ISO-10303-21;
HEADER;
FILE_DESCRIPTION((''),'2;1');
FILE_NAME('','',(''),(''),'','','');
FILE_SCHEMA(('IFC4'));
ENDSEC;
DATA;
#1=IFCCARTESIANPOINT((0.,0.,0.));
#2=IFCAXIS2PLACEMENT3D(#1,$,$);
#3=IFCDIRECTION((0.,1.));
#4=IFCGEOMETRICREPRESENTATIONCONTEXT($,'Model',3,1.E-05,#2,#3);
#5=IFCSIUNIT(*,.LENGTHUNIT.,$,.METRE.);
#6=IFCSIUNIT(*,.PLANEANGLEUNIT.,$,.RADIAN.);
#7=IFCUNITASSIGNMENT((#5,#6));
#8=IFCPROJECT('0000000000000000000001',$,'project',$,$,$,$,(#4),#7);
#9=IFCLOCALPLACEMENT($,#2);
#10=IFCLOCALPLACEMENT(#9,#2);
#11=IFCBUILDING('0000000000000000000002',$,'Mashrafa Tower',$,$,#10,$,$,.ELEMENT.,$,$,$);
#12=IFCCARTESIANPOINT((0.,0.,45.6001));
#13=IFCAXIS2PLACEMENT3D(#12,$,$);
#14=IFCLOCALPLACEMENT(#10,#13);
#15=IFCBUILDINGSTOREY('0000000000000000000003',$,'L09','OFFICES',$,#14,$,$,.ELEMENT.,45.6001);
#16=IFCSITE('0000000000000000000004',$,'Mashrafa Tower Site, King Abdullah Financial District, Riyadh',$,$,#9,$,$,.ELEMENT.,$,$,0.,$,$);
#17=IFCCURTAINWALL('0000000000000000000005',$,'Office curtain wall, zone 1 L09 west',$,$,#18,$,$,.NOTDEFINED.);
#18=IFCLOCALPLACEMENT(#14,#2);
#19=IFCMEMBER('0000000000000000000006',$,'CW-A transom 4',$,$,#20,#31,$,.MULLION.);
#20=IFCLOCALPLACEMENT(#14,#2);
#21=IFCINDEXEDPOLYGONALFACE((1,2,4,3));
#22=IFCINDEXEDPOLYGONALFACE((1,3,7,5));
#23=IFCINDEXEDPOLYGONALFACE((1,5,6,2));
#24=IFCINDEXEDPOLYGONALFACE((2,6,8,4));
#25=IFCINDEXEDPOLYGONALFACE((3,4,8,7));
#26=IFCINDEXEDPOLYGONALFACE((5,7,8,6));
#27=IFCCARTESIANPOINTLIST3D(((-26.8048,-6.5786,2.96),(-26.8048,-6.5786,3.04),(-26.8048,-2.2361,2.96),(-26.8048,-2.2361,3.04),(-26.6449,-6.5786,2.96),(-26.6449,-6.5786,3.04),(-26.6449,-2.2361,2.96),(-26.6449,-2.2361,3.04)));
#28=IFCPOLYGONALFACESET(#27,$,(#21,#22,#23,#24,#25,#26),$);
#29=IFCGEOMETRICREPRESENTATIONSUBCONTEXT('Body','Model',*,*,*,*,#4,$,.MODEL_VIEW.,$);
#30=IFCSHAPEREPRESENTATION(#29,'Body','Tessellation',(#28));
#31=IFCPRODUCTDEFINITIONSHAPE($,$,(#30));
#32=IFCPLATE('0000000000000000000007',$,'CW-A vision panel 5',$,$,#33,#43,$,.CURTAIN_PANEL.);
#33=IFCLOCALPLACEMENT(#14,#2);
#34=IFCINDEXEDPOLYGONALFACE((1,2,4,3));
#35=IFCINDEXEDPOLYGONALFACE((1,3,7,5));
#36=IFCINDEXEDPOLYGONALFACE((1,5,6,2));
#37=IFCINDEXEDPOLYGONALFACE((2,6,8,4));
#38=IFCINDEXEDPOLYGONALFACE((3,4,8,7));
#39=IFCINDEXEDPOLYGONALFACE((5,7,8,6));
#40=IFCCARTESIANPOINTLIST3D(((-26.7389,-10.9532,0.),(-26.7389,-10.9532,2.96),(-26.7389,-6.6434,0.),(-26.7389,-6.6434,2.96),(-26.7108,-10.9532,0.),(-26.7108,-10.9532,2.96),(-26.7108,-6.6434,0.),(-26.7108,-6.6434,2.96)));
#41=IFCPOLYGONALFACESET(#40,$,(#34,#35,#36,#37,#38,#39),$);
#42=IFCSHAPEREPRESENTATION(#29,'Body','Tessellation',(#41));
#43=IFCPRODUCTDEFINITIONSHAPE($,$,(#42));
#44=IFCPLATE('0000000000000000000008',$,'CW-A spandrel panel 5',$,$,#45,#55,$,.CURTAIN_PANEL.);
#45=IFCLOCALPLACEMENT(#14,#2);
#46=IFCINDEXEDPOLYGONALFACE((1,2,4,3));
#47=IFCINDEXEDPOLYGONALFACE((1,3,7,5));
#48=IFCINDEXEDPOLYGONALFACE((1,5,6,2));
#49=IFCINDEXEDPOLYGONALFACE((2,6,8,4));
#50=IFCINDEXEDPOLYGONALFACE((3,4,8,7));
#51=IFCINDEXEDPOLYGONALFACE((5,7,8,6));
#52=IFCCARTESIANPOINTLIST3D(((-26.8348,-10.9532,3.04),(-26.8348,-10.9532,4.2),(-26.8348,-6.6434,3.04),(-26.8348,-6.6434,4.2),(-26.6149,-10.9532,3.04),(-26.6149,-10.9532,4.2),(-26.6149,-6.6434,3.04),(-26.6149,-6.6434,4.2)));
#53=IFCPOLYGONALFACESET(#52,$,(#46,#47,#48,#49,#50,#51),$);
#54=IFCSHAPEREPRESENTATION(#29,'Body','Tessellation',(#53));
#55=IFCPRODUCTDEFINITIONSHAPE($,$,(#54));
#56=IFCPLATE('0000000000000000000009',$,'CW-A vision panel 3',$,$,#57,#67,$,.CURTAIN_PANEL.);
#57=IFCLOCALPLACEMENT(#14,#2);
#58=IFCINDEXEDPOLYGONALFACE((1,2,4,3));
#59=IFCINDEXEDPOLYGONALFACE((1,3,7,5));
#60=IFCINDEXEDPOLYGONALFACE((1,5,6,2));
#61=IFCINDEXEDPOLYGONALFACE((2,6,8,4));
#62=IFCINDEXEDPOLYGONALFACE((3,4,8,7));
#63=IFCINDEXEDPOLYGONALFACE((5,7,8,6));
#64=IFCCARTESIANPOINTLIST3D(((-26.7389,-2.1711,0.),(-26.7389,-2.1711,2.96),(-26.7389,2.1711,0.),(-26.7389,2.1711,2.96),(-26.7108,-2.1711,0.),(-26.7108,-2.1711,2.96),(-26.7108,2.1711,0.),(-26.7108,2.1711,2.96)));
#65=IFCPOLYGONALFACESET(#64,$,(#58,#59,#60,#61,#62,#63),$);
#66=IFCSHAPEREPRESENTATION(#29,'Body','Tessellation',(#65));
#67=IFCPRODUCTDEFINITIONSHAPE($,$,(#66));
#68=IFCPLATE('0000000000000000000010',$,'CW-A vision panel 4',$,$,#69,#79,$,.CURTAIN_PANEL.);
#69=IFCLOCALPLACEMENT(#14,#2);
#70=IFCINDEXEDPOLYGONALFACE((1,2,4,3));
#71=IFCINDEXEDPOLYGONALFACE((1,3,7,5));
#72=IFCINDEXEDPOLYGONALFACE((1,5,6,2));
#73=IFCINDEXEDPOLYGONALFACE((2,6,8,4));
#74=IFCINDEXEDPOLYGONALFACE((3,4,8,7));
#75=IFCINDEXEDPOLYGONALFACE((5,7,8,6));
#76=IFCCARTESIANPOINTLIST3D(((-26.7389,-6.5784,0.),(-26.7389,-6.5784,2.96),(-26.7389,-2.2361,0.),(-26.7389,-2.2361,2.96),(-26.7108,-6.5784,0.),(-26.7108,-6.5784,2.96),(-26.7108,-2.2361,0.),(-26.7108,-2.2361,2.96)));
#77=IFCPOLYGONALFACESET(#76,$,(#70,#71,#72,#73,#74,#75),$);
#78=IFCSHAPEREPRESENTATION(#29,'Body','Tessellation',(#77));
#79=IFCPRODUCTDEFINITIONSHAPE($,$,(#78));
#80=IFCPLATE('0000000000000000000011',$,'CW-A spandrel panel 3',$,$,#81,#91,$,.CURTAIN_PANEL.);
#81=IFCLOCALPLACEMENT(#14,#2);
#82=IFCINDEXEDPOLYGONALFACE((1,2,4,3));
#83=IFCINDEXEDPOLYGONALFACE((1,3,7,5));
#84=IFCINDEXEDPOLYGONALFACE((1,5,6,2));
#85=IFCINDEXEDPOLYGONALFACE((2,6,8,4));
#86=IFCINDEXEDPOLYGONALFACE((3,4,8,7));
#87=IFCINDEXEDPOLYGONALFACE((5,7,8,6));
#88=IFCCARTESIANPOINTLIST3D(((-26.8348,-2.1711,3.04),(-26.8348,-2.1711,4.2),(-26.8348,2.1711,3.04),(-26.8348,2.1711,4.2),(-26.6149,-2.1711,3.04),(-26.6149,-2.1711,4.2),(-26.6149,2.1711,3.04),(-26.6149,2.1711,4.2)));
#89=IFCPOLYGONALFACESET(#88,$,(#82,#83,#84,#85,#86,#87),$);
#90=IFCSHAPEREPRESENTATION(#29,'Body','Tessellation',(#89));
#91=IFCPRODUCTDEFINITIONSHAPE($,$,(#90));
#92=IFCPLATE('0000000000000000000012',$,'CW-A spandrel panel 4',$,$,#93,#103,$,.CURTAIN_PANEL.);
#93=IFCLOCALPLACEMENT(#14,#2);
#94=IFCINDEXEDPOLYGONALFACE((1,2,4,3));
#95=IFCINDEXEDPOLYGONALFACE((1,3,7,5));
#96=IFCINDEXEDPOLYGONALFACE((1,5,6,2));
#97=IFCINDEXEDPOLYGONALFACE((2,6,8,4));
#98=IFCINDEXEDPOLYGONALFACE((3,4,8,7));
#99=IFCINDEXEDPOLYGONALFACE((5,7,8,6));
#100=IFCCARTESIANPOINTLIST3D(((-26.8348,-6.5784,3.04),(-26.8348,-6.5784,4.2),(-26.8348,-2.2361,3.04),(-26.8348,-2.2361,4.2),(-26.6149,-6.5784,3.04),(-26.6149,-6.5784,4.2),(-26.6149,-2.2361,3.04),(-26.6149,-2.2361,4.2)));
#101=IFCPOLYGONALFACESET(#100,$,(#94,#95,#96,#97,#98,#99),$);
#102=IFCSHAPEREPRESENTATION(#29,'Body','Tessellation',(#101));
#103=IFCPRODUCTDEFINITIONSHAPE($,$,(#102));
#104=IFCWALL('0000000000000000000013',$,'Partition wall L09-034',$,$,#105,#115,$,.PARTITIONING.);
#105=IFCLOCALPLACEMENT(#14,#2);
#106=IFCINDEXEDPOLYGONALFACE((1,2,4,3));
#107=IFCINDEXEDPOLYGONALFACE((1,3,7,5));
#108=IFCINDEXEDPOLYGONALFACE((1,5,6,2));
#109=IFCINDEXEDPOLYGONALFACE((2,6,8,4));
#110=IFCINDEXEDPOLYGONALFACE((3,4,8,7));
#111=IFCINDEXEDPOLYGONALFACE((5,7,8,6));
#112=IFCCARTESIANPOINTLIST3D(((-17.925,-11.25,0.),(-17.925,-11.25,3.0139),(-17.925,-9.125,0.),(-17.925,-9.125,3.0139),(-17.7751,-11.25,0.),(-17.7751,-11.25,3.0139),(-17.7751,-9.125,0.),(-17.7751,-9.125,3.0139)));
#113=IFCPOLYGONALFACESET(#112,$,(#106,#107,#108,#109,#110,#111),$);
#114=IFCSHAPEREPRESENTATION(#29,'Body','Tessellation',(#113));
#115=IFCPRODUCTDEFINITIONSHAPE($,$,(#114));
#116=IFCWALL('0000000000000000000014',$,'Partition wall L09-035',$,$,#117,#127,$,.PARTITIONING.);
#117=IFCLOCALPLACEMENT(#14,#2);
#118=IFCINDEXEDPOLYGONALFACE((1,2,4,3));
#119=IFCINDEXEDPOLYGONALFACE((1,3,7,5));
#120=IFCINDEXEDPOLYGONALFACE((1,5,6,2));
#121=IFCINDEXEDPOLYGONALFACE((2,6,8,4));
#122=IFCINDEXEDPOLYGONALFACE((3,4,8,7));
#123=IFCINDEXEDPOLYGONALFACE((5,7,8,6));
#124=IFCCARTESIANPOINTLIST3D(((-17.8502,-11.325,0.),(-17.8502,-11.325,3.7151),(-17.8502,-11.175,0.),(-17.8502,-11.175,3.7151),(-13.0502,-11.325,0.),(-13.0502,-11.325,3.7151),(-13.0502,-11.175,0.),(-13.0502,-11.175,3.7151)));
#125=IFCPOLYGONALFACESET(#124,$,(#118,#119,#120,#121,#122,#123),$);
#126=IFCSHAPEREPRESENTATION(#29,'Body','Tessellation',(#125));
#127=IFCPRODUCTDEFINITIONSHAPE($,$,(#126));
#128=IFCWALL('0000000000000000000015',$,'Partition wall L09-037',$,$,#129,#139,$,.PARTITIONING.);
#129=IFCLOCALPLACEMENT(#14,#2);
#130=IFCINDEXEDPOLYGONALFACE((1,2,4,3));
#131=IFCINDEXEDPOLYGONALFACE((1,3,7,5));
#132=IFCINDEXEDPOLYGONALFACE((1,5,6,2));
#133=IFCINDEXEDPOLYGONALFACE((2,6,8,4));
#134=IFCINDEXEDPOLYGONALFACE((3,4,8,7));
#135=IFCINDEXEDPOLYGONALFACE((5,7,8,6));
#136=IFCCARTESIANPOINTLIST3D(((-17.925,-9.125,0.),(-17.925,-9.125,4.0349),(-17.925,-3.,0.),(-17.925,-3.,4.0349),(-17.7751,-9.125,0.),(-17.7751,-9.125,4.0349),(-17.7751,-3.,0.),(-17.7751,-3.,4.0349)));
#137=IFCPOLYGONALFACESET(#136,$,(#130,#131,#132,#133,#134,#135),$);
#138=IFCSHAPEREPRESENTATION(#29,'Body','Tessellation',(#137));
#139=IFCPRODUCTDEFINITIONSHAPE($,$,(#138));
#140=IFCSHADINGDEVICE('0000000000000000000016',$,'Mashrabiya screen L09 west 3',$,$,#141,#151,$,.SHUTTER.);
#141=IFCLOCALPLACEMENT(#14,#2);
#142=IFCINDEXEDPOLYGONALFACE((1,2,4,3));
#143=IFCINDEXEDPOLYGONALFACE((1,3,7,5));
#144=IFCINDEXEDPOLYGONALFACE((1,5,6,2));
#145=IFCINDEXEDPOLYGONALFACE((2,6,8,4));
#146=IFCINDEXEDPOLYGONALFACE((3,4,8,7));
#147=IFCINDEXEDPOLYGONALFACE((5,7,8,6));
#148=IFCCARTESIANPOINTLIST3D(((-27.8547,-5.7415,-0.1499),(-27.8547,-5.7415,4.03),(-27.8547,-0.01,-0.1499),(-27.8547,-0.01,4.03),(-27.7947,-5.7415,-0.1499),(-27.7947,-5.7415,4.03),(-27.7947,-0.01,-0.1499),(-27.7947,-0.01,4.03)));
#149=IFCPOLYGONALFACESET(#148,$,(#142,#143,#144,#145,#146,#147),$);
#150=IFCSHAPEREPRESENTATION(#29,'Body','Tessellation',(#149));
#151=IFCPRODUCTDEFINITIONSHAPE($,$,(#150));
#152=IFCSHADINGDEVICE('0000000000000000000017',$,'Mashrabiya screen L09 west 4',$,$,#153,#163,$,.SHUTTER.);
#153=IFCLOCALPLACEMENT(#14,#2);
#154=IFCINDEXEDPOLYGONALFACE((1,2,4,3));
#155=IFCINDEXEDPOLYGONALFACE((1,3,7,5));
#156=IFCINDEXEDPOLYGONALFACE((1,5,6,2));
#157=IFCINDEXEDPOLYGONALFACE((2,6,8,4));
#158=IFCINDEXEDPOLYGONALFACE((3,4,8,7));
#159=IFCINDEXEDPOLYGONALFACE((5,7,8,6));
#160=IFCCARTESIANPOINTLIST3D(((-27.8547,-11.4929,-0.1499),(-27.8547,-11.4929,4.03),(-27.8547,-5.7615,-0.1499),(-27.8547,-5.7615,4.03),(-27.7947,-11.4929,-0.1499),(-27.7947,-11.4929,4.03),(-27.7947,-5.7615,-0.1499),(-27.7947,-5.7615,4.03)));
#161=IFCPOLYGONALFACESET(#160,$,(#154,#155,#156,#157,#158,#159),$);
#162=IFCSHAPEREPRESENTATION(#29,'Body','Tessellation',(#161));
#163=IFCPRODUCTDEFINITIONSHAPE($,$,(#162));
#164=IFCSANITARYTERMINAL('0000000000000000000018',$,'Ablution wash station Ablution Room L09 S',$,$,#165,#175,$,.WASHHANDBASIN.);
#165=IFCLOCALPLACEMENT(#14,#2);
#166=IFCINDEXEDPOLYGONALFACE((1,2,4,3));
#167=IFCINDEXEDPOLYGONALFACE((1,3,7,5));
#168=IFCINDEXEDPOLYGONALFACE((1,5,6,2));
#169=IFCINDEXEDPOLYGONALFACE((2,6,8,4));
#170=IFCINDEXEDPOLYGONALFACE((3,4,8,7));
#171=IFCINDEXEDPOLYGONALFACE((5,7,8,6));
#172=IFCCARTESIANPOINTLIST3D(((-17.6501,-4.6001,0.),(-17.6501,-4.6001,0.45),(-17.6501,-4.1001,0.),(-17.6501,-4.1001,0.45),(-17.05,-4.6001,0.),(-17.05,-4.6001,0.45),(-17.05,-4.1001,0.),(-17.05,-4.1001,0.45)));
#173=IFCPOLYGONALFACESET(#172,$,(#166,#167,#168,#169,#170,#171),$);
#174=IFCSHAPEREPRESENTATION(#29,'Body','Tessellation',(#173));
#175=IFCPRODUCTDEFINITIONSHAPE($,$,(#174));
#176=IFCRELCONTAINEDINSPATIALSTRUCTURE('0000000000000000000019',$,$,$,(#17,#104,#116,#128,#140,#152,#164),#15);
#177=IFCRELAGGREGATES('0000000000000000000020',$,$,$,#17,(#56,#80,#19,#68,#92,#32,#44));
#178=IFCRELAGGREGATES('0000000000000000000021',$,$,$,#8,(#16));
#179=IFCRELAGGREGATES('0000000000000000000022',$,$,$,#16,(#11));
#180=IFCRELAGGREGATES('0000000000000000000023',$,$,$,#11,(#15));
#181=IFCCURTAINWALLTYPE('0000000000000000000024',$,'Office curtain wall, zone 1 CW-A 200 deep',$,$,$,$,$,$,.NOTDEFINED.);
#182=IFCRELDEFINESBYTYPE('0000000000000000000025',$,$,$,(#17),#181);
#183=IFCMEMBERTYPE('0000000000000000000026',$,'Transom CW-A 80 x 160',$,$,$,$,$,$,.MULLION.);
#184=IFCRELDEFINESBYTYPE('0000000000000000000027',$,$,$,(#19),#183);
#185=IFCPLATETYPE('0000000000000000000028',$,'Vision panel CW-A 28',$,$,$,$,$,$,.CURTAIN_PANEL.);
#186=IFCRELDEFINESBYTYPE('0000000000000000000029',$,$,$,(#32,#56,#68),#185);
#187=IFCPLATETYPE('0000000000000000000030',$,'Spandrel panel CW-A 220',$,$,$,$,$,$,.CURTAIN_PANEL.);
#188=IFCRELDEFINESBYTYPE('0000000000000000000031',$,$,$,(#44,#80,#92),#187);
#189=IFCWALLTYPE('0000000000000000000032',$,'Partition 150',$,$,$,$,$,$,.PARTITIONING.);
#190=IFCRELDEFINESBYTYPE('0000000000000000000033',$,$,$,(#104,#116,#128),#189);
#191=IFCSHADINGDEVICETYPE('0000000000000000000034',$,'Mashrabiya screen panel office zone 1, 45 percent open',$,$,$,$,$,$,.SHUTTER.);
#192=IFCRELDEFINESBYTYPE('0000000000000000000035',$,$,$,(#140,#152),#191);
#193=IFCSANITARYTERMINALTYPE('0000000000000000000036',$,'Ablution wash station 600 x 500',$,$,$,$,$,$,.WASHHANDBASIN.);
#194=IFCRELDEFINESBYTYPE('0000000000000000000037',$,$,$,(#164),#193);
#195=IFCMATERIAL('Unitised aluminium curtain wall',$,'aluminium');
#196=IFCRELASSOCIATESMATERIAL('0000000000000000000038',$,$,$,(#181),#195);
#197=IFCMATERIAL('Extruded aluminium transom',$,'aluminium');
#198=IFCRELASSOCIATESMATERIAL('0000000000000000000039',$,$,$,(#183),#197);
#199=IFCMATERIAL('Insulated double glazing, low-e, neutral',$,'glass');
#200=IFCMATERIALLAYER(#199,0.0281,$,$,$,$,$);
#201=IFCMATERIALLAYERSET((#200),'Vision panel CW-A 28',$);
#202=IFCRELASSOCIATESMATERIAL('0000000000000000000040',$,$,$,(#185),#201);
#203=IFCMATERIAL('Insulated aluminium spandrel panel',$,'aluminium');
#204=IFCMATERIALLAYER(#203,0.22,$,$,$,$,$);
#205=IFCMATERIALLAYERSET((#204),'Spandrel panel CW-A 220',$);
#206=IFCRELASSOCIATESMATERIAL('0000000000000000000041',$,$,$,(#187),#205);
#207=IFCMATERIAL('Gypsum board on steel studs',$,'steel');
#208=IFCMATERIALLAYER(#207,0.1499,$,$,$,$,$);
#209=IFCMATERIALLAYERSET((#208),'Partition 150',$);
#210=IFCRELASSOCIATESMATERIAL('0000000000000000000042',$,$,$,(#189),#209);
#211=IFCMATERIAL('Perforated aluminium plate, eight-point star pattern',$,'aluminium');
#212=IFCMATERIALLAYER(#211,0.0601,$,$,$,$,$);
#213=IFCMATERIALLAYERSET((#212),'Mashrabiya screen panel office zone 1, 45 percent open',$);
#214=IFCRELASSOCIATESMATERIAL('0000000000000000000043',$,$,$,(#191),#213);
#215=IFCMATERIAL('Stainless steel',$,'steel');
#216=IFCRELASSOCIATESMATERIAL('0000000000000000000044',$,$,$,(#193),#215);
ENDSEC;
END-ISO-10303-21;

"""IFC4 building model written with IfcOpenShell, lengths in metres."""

from ifc_helpers import new_model, si_unit, direction, frame, frame_2d, origin, origin_2d, place, context, subcontext, project, spatial, rectangle, extrude, source, transform, mapped, material, layer, layer_set, material_profile, profile_set, type_object, type_shapes, element, aggregate, save


model = new_model("IFC4")

# Units and contexts
model_context = context("Model", 3, precision=1e-05, world=origin(), true_north=direction((0.0, 1.0)))
body_context = subcontext(model_context, "Body", "Model", "MODEL_VIEW")
ifc_project = project(units=[si_unit("LENGTHUNIT", "METRE"), si_unit("PLANEANGLEUNIT", "RADIAN")], contexts=[model_context])

# Site, building, storey
site_placement = place(None, origin())
site = spatial("IfcSite", under=ifc_project, at=site_placement, Name="Mashrafa Tower Site, King Abdullah Financial District, Riyadh", CompositionType="ELEMENT", RefElevation=0.0)
building_placement = place(site_placement, origin())
building = spatial("IfcBuilding", under=site, at=building_placement, Name="Mashrafa Tower", CompositionType="ELEMENT")
storey_placement = place(building_placement, frame((0.0, 0.0, 45.6001)))
storey = spatial("IfcBuildingStorey", under=building, at=storey_placement, Name="L09", Description="OFFICES", CompositionType="ELEMENT", Elevation=45.6001)

# Curtain wall
ifc_material_1 = material(Name="Unitised aluminium curtain wall", Category="aluminium")
curtain_wall_type = type_object("IfcCurtainWallType", Name="Office curtain wall, zone 1 CW-A 200 deep", PredefinedType="NOTDEFINED", material=ifc_material_1)
curtain_wall_1_placement = place(storey_placement, origin())
curtain_wall_1 = element("IfcCurtainWall", 1, at=curtain_wall_1_placement, inside=storey, type_object=curtain_wall_type, Name="Office curtain wall, zone 1 L09 west", PredefinedType="NOTDEFINED")

# Member
ifc_material_2 = material(Name="Extruded aluminium transom", Category="aluminium")
ifc_material_profile_1 = material_profile(ifc_material_2, rectangle(XDim=0.1599, YDim=0.0801, at=origin_2d()), Name="Transom 80x160")
ifc_profile_set_1 = profile_set([ifc_material_profile_1], Name="Extruded aluminium transom")
member_type_1 = type_object("IfcMemberType", Name="Transom CW-A 80 x 160", PredefinedType="MULLION", material=ifc_profile_set_1)
shared_shape_1 = source(origin(), body_context, "Body", "SweptSolid", [
    extrude(rectangle(XDim=0.1599, YDim=0.0801, at=origin_2d()), origin(), (0.0, 0.0, 1.0), 4.3425),
])
member_1_placement = place(storey_placement, frame((-26.7249, -2.2361, 3.0), z_axis=(0.0, -1.0, 0.0), x_axis=(1.0, 0.0, 0.0)))
member_1 = element("IfcMember", 2, at=member_1_placement, type_object=member_type_1, Name="CW-A transom 4", PredefinedType="MULLION", context=body_context, shape_type="MappedRepresentation", body=[
    mapped(shared_shape_1, transform((0.0, 0.0, 0.0))),
])

# Plates
ifc_material_3 = material(Name="Insulated double glazing, low-e, neutral", Category="glass")
ifc_layer_1 = layer(ifc_material_3, 0.0281)
ifc_layer_set_1 = layer_set([ifc_layer_1], Name="Vision panel CW-A 28")
plate_type_1 = type_object("IfcPlateType", Name="Vision panel CW-A 28", PredefinedType="CURTAIN_PANEL", material=ifc_layer_set_1)
shared_shape_2 = source(origin(), body_context, "Body", "SweptSolid", [
    extrude(rectangle(XDim=4.3098, YDim=0.0281, at=origin_2d()), origin(), (0.0, 0.0, 1.0), 2.96),
])
plate_1_placement = place(storey_placement, frame((-26.7249, -8.7983, 0.0), z_axis=(0.0, 0.0, 1.0), x_axis=(0.0, -1.0, 0.0)))
plate_1 = element("IfcPlate", 3, at=plate_1_placement, type_object=plate_type_1, Name="CW-A vision panel 5", PredefinedType="CURTAIN_PANEL", context=body_context, shape_type="MappedRepresentation", body=[
    mapped(shared_shape_2, transform((0.0, 0.0, 0.0))),
])
ifc_material_4 = material(Name="Insulated aluminium spandrel panel", Category="aluminium")
ifc_layer_2 = layer(ifc_material_4, 0.22)
ifc_layer_set_2 = layer_set([ifc_layer_2], Name="Spandrel panel CW-A 220")
plate_type_2 = type_object("IfcPlateType", Name="Spandrel panel CW-A 220", PredefinedType="CURTAIN_PANEL", material=ifc_layer_set_2)
shared_shape_3 = source(origin(), body_context, "Body", "SweptSolid", [
    extrude(rectangle(XDim=4.3098, YDim=0.22, at=origin_2d()), origin(), (0.0, 0.0, 1.0), 1.1599),
])
plate_2_placement = place(storey_placement, frame((-26.7249, -8.7983, 3.04), z_axis=(0.0, 0.0, 1.0), x_axis=(0.0, -1.0, 0.0)))
plate_2 = element("IfcPlate", 4, at=plate_2_placement, type_object=plate_type_2, Name="CW-A spandrel panel 5", PredefinedType="CURTAIN_PANEL", context=body_context, shape_type="MappedRepresentation", body=[
    mapped(shared_shape_3, transform((0.0, 0.0, 0.0))),
])
shared_shape_4 = source(origin(), body_context, "Body", "SweptSolid", [
    extrude(rectangle(XDim=4.3423, YDim=0.0281, at=origin_2d()), origin(), (0.0, 0.0, 1.0), 2.96),
])
type_shapes(plate_type_1, [shared_shape_2, shared_shape_4])
plate_3_placement = place(storey_placement, frame((-26.7249, 0.0, 0.0), z_axis=(0.0, 0.0, 1.0), x_axis=(0.0, -1.0, 0.0)))
plate_3 = element("IfcPlate", 5, at=plate_3_placement, type_object=plate_type_1, Name="CW-A vision panel 3", PredefinedType="CURTAIN_PANEL", context=body_context, shape_type="MappedRepresentation", body=[
    mapped(shared_shape_4, transform((0.0, 0.0, 0.0))),
])
plate_4_placement = place(storey_placement, frame((-26.7249, -4.4072, 0.0), z_axis=(0.0, 0.0, 1.0), x_axis=(0.0, -1.0, 0.0)))
plate_4 = element("IfcPlate", 6, at=plate_4_placement, type_object=plate_type_1, Name="CW-A vision panel 4", PredefinedType="CURTAIN_PANEL", context=body_context, shape_type="MappedRepresentation", body=[
    mapped(shared_shape_4, transform((0.0, 0.0, 0.0))),
])
shared_shape_5 = source(origin(), body_context, "Body", "SweptSolid", [
    extrude(rectangle(XDim=4.3423, YDim=0.22, at=origin_2d()), origin(), (0.0, 0.0, 1.0), 1.1599),
])
type_shapes(plate_type_2, [shared_shape_3, shared_shape_5])
plate_5_placement = place(storey_placement, frame((-26.7249, 0.0, 3.04), z_axis=(0.0, 0.0, 1.0), x_axis=(0.0, -1.0, 0.0)))
plate_5 = element("IfcPlate", 7, at=plate_5_placement, type_object=plate_type_2, Name="CW-A spandrel panel 3", PredefinedType="CURTAIN_PANEL", context=body_context, shape_type="MappedRepresentation", body=[
    mapped(shared_shape_5, transform((0.0, 0.0, 0.0))),
])
plate_6_placement = place(storey_placement, frame((-26.7249, -4.4072, 3.04), z_axis=(0.0, 0.0, 1.0), x_axis=(0.0, -1.0, 0.0)))
plate_6 = element("IfcPlate", 8, at=plate_6_placement, type_object=plate_type_2, Name="CW-A spandrel panel 4", PredefinedType="CURTAIN_PANEL", context=body_context, shape_type="MappedRepresentation", body=[
    mapped(shared_shape_5, transform((0.0, 0.0, 0.0))),
])
aggregate(curtain_wall_1, [plate_3, plate_5, member_1, plate_4, plate_6, plate_1, plate_2])

# Walls
ifc_material_5 = material(Name="Gypsum board on steel studs", Category="steel")
ifc_layer_3 = layer(ifc_material_5, 0.1499)
ifc_layer_set_3 = layer_set([ifc_layer_3], Name="Partition 150")
wall_type = type_object("IfcWallType", Name="Partition 150", PredefinedType="PARTITIONING", material=ifc_layer_set_3)
wall_1_placement = place(storey_placement, frame((-17.8501, -9.125, 0.0), z_axis=(0.0, 0.0, 1.0), x_axis=(0.0, -1.0, 0.0)))
element("IfcWall", 9, at=wall_1_placement, inside=storey, type_object=wall_type, Name="Partition wall L09-034", PredefinedType="PARTITIONING", context=body_context, shape_type="SweptSolid", body=[
    extrude(rectangle(XDim=2.125, YDim=0.1499, at=frame_2d((1.0625, 0.0))), origin(), (0.0, 0.0, 1.0), 3.0139),
])
wall_2_placement = place(storey_placement, frame((-17.8501, -11.25, 0.0), z_axis=(0.0, 0.0, 1.0), x_axis=(1.0, 0.0, 0.0)))
element("IfcWall", 10, at=wall_2_placement, inside=storey, type_object=wall_type, Name="Partition wall L09-035", PredefinedType="PARTITIONING", context=body_context, shape_type="SweptSolid", body=[
    extrude(rectangle(XDim=4.8, YDim=0.1499, at=frame_2d((2.3999, 0.0))), origin(), (0.0, 0.0, 1.0), 3.7151),
])
wall_3_placement = place(storey_placement, frame((-17.8501, -9.125, 0.0), z_axis=(0.0, 0.0, 1.0), x_axis=(0.0, 1.0, 0.0)))
element("IfcWall", 11, at=wall_3_placement, inside=storey, type_object=wall_type, Name="Partition wall L09-037", PredefinedType="PARTITIONING", context=body_context, shape_type="SweptSolid", body=[
    extrude(rectangle(XDim=6.125, YDim=0.1499, at=frame_2d((3.0625, 0.0))), origin(), (0.0, 0.0, 1.0), 4.0349),
])

# Shading devices
ifc_material_6 = material(Name="Perforated aluminium plate, eight-point star pattern", Category="aluminium")
ifc_layer_4 = layer(ifc_material_6, 0.0601)
ifc_layer_set_4 = layer_set([ifc_layer_4], Name="Mashrabiya screen panel office zone 1, 45 percent open")
shading_device_type = type_object("IfcShadingDeviceType", Name="Mashrabiya screen panel office zone 1, 45 percent open", PredefinedType="SHUTTER", material=ifc_layer_set_4)
shared_shape_6 = source(origin(), body_context, "Body", "SweptSolid", [
    extrude(rectangle(XDim=5.7314, YDim=0.0601, at=origin_2d()), origin(), (0.0, 0.0, 1.0), 4.1799),
])
type_shapes(shading_device_type, [shared_shape_6])
for number, where, z_axis, x_axis, name in (
    (12, (-27.8247, -2.8757, -0.1499), (0.0, 0.0, 1.0), (0.0, -1.0, 0.0), "Mashrabiya screen L09 west 3"),
    (13, (-27.8247, -8.6272, -0.1499), (0.0, 0.0, 1.0), (0.0, -1.0, 0.0), "Mashrabiya screen L09 west 4"),
):
    element("IfcShadingDevice", number, at=place(storey_placement, frame(where, z_axis=z_axis, x_axis=x_axis)), inside=storey, type_object=shading_device_type, Name=name, PredefinedType="SHUTTER", context=body_context, shape_type="MappedRepresentation", body=[
        mapped(shared_shape_6, transform((0.0, 0.0, 0.0))),
    ])

# Sanitary terminal
ifc_material_7 = material(Name="Stainless steel", Category="steel")
sanitary_terminal_type_1 = type_object("IfcSanitaryTerminalType", Name="Ablution wash station 600 x 500", PredefinedType="WASHHANDBASIN", material=ifc_material_7)
sanitary_terminal_1_placement = place(storey_placement, frame((-17.3501, -4.3501, 0.0), z_axis=(0.0, 0.0, 1.0), x_axis=(1.0, 0.0, 0.0)))
element("IfcSanitaryTerminal", 14, at=sanitary_terminal_1_placement, inside=storey, type_object=sanitary_terminal_type_1, Name="Ablution wash station Ablution Room L09 S", PredefinedType="WASHHANDBASIN", context=body_context, shape_type="SweptSolid", body=[
    extrude(rectangle(XDim=0.6001, YDim=0.5, at=origin_2d()), origin(), (0.0, 0.0, 1.0), 0.45),
])

save(model, "model.ifc")
